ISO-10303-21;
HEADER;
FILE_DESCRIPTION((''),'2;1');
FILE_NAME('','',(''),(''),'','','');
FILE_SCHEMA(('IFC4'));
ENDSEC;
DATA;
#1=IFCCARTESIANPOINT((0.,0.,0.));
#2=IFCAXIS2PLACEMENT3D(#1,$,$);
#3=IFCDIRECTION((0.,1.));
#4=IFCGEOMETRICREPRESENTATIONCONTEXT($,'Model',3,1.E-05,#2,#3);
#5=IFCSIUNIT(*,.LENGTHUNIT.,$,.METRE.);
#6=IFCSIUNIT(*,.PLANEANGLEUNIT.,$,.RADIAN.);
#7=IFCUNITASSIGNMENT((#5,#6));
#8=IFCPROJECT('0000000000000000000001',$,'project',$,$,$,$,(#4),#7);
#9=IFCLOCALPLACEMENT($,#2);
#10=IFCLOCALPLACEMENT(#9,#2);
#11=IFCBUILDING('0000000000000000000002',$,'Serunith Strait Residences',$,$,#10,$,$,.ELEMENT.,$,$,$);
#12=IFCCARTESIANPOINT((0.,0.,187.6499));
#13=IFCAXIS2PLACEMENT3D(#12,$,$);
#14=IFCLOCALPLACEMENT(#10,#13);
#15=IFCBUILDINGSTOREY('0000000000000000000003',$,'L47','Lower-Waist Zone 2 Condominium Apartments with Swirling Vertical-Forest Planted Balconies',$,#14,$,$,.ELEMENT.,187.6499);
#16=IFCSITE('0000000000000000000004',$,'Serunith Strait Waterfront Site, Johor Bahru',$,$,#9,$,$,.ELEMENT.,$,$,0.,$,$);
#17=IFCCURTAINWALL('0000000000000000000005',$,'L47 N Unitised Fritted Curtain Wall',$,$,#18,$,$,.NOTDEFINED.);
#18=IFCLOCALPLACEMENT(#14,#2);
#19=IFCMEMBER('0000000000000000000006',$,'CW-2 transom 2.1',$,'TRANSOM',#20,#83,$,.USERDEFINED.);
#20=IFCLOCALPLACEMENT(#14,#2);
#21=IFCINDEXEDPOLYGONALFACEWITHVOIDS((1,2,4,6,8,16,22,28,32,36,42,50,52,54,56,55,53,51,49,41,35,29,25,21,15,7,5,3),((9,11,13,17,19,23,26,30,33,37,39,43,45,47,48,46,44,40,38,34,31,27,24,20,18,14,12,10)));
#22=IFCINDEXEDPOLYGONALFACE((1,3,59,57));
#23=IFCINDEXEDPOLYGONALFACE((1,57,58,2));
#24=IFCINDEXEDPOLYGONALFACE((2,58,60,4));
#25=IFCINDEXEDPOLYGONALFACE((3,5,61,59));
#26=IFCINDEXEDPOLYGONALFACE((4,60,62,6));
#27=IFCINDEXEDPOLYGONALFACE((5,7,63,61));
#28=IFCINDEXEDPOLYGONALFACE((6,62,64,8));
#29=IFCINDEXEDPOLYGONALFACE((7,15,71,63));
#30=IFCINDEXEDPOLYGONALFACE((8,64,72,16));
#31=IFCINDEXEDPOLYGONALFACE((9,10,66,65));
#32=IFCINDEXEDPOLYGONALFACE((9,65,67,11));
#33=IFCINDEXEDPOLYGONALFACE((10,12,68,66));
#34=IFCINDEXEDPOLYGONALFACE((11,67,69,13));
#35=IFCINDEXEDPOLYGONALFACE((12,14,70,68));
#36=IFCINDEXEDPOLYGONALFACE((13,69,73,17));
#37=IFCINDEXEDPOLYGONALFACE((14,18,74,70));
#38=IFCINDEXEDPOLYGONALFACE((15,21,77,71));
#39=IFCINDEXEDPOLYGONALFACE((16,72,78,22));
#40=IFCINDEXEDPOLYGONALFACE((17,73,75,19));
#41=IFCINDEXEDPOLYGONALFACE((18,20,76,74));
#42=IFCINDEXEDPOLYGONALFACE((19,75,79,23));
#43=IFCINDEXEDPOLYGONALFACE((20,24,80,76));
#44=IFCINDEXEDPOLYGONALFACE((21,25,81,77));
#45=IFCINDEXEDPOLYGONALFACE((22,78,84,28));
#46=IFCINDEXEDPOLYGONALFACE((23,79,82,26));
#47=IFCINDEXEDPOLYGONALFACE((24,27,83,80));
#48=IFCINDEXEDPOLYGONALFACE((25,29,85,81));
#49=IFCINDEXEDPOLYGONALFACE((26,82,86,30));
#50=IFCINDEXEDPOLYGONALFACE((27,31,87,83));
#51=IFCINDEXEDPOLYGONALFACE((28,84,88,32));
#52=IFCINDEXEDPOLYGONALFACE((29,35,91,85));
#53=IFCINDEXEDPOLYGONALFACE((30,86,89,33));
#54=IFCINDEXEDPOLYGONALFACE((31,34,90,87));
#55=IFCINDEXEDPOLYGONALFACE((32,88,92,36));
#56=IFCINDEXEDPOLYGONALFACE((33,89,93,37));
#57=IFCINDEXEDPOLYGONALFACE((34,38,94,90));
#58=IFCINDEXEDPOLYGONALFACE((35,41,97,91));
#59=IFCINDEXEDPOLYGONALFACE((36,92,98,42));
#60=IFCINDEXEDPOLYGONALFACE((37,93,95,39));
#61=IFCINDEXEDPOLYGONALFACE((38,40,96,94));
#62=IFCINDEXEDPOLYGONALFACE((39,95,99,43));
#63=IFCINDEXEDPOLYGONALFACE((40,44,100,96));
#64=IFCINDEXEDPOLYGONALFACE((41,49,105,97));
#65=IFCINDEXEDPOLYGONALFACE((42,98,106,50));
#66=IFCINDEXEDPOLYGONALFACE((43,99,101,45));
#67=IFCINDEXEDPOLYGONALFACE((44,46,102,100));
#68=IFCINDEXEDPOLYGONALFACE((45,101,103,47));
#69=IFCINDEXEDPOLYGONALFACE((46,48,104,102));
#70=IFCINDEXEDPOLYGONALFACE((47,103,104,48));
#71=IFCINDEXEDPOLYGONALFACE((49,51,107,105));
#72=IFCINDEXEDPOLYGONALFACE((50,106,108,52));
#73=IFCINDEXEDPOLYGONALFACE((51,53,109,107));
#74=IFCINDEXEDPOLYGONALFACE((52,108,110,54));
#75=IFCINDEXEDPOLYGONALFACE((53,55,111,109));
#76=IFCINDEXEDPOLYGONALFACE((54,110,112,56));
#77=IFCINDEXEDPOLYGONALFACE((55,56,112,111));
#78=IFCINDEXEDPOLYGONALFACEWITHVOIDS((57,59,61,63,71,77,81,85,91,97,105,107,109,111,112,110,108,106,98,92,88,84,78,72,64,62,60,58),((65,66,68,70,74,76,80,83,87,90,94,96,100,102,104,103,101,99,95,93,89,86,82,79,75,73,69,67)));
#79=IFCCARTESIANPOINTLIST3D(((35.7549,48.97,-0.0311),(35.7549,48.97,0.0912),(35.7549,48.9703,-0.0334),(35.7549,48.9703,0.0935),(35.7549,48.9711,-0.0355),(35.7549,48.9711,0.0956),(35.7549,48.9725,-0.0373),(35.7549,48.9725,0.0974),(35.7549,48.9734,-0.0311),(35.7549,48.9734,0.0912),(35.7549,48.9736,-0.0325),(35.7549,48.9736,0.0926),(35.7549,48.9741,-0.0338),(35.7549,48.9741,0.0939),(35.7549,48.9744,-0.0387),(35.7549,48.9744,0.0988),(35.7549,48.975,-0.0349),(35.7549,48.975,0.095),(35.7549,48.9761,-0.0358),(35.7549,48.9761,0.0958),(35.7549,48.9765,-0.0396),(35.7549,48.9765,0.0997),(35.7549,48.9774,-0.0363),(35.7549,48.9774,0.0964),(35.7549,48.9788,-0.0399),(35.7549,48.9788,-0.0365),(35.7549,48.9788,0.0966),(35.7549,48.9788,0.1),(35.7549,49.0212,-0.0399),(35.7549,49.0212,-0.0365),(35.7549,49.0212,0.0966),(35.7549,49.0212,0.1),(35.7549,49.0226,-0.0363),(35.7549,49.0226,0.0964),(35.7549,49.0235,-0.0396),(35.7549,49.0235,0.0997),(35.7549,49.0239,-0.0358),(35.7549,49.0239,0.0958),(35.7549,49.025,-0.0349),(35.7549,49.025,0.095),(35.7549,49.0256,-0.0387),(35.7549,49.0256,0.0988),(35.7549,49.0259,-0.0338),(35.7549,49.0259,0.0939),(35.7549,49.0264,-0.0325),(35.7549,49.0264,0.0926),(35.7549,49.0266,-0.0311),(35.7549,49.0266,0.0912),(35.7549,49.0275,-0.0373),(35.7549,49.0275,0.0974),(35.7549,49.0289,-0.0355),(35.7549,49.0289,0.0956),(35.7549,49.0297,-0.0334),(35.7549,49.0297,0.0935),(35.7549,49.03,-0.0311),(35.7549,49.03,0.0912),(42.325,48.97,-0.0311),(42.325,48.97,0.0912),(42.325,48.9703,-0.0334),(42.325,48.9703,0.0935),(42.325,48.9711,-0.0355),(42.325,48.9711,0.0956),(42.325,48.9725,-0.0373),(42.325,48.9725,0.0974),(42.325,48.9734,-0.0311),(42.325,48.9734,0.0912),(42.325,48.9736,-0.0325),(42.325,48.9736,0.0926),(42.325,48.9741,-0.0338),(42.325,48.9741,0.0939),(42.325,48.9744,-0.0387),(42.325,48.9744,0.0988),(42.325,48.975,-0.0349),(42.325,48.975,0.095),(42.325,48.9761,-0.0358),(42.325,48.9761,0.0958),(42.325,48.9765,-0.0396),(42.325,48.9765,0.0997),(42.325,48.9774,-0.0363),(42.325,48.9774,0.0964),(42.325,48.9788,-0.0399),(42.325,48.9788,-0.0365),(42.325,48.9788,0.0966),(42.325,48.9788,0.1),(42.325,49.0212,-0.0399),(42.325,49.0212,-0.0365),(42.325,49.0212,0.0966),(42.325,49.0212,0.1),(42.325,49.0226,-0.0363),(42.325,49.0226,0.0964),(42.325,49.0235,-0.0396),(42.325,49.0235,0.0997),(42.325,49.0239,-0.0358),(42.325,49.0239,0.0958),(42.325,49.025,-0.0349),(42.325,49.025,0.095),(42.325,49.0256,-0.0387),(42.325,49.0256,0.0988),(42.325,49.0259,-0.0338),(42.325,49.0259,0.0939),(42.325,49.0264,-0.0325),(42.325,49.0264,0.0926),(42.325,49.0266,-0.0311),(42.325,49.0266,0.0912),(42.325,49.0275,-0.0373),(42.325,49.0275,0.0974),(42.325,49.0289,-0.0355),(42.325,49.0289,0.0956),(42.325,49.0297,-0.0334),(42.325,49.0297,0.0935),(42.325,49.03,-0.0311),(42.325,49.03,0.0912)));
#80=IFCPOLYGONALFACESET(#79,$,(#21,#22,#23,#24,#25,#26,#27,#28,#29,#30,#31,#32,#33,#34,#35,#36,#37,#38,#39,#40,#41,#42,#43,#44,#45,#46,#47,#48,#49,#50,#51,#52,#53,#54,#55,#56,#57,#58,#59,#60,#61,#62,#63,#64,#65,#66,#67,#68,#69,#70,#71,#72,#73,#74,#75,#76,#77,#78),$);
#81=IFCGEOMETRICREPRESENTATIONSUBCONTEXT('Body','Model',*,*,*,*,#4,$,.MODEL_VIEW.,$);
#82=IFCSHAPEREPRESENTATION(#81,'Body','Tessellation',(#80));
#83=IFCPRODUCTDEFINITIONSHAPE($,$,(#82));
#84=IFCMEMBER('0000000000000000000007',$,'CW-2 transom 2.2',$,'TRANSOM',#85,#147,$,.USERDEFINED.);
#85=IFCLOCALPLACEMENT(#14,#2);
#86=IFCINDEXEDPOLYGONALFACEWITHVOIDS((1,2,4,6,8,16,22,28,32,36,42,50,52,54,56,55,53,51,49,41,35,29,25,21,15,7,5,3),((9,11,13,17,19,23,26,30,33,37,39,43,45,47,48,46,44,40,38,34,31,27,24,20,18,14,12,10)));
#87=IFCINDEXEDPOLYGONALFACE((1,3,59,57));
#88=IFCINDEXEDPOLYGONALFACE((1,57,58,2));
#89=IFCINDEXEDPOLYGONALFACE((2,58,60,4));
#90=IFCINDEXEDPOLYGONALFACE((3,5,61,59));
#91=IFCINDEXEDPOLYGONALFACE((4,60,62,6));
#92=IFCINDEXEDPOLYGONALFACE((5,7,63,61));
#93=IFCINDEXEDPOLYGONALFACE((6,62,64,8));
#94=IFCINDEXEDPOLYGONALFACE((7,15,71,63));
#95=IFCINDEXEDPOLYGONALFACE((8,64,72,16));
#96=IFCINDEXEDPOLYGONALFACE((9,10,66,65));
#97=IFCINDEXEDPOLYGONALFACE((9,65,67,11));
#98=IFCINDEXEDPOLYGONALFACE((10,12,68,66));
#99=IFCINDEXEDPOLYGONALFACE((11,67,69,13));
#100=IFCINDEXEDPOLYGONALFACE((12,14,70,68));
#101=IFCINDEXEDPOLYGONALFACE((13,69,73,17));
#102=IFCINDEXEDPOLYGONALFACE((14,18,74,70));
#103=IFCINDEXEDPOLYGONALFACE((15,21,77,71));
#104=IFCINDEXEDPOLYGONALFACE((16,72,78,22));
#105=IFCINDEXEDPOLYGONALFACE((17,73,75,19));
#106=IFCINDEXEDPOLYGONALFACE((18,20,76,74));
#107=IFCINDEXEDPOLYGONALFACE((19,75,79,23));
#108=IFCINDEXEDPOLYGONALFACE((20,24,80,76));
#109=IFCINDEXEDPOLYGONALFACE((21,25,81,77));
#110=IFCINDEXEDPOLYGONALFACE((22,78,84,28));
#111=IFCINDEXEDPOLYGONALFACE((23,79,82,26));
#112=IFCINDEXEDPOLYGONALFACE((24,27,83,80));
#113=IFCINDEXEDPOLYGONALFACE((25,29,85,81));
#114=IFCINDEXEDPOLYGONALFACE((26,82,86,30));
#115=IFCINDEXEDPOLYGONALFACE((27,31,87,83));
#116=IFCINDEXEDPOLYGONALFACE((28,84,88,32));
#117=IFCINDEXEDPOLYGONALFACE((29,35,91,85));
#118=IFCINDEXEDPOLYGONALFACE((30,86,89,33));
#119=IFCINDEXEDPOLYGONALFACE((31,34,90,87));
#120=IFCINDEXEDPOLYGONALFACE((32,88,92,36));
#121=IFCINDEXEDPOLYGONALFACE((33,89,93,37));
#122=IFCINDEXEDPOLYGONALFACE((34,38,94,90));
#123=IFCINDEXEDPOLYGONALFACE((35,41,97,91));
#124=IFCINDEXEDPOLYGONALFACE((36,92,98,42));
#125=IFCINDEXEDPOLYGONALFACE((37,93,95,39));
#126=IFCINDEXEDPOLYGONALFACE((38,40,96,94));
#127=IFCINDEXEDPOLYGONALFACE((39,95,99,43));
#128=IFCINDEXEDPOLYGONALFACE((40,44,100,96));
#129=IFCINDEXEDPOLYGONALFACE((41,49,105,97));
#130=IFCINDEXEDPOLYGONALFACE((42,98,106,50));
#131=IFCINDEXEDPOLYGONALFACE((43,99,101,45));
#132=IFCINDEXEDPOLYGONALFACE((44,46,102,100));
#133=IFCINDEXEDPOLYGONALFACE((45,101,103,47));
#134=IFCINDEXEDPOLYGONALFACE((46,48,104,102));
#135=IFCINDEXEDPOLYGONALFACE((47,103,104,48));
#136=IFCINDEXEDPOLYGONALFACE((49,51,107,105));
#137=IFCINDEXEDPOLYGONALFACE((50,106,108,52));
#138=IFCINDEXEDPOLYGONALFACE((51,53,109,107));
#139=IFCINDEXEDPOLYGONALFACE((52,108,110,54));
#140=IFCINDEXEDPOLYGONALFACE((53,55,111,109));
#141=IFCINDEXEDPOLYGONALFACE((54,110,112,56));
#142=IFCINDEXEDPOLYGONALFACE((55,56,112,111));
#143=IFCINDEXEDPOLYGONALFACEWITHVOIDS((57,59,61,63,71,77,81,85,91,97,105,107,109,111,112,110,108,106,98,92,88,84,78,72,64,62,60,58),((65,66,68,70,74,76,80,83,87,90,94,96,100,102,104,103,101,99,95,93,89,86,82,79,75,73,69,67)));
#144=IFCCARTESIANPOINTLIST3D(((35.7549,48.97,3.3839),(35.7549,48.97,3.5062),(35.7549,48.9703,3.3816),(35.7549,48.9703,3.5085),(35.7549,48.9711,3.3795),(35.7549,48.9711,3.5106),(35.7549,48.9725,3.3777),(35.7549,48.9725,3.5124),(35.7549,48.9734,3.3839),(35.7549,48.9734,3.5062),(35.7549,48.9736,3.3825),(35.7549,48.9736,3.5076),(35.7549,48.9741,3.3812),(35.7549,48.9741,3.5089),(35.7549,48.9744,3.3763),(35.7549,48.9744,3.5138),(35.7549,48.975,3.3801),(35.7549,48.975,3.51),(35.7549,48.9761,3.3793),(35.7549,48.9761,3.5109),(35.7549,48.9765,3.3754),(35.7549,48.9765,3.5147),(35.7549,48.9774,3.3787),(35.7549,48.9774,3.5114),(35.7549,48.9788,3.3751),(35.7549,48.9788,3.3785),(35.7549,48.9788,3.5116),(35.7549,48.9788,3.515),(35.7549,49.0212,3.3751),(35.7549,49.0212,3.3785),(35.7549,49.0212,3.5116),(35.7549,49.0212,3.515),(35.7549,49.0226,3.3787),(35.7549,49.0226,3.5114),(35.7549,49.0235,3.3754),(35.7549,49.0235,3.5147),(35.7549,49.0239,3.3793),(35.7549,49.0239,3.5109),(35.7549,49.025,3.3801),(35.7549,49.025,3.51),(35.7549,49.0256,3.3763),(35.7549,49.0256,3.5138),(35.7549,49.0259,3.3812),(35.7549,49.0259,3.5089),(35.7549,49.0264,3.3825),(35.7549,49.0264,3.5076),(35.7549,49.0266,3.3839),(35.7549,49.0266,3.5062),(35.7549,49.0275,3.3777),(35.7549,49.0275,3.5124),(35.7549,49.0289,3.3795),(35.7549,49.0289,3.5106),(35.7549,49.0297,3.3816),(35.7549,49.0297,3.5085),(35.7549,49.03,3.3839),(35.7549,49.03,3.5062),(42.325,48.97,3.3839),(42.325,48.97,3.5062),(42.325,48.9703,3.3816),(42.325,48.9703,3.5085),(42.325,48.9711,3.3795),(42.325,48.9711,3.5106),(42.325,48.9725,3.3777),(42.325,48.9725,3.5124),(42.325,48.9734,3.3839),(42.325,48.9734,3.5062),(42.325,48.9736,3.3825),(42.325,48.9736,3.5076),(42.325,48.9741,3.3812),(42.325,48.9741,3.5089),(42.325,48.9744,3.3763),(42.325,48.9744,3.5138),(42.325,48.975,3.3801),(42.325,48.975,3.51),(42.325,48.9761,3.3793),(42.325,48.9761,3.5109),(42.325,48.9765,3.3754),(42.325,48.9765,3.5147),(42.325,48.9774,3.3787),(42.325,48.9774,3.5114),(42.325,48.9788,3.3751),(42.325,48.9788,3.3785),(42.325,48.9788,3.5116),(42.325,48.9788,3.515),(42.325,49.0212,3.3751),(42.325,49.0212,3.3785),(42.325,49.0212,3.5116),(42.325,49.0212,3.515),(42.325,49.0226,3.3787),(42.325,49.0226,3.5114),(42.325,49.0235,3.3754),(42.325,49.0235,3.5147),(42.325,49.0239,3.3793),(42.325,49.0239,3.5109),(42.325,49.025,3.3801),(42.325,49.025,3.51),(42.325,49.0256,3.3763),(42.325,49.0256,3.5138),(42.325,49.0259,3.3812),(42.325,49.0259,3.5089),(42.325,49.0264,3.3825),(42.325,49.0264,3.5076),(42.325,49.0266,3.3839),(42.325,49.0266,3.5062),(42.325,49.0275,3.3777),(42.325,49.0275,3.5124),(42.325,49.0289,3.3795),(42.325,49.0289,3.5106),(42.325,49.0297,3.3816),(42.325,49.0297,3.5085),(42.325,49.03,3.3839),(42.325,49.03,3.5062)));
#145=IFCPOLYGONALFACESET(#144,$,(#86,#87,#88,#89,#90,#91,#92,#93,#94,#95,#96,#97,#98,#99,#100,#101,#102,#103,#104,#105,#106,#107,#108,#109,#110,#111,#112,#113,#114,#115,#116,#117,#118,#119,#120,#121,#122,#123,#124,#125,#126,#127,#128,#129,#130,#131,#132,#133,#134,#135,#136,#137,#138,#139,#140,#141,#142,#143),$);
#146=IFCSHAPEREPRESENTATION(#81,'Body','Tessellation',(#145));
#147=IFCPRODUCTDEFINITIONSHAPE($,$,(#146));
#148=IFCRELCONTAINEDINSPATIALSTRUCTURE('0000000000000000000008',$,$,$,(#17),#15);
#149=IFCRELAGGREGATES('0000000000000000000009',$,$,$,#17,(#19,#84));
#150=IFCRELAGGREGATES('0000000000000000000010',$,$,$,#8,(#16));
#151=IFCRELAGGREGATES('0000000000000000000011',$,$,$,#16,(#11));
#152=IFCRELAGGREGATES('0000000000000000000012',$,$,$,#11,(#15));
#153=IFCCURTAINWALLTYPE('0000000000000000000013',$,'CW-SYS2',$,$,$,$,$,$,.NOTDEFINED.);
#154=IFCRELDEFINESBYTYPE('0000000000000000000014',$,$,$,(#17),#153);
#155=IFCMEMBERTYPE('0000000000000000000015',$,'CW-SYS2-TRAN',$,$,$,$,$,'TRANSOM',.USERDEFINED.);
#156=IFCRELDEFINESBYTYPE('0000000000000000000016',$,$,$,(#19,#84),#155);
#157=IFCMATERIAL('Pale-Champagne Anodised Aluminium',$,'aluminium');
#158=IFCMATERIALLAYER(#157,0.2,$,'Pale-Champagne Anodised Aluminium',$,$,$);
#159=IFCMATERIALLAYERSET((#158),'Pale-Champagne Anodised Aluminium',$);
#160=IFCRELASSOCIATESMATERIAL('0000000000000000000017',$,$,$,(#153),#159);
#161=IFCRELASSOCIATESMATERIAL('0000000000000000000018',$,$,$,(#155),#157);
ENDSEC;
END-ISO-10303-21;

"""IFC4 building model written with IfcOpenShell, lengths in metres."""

from ifc_helpers import new_model, si_unit, direction, frame, origin, origin_2d, place, context, subcontext, project, spatial, hollow_rectangle, extrude, source, transform, mapped, material, layer, layer_set, material_profile, profile_set, type_object, element, aggregate, save


model = new_model("IFC4")

# Units and contexts
model_context = context("Model", 3, precision=1e-05, world=origin(), true_north=direction((0.0, 1.0)))
body_context = subcontext(model_context, "Body", "Model", "MODEL_VIEW")
ifc_project = project(units=[si_unit("LENGTHUNIT", "METRE"), si_unit("PLANEANGLEUNIT", "RADIAN")], contexts=[model_context])

# Site, building, storey
site_placement = place(None, origin())
site = spatial("IfcSite", under=ifc_project, at=site_placement, Name="Serunith Strait Waterfront Site, Johor Bahru", CompositionType="ELEMENT", RefElevation=0.0)
building_placement = place(site_placement, origin())
building = spatial("IfcBuilding", under=site, at=building_placement, Name="Serunith Strait Residences", CompositionType="ELEMENT")
storey_placement = place(building_placement, frame((0.0, 0.0, 187.6499)))
storey = spatial("IfcBuildingStorey", under=building, at=storey_placement, Name="L47", Description="Lower-Waist Zone 2 Condominium Apartments with Swirling Vertical-Forest Planted Balconies", CompositionType="ELEMENT", Elevation=187.6499)

# Curtain wall, members
ifc_material_1 = material(Name="Pale-Champagne Anodised Aluminium", Category="aluminium")
ifc_layer_1 = layer(ifc_material_1, 0.2, Name="Pale-Champagne Anodised Aluminium")
ifc_layer_set_1 = layer_set([ifc_layer_1], Name="Pale-Champagne Anodised Aluminium")
curtain_wall_type = type_object("IfcCurtainWallType", Name="CW-SYS2", PredefinedType="NOTDEFINED", material=ifc_layer_set_1)
curtain_wall_placement = place(storey_placement, origin())
curtain_wall = element("IfcCurtainWall", 1, at=curtain_wall_placement, inside=storey, type_object=curtain_wall_type, Name="L47 N Unitised Fritted Curtain Wall", PredefinedType="NOTDEFINED")
ifc_material_profile_1 = material_profile(ifc_material_1, hollow_rectangle(XDim=0.0601, YDim=0.1399, WallThickness=0.0034, InnerFilletRadius=0.0054, OuterFilletRadius=0.0088, at=origin_2d()), Name="ALU 140x60x3.5")
ifc_profile_set_1 = profile_set([ifc_material_profile_1], Name="Pale-Champagne Anodised Aluminium")
member_type_1 = type_object("IfcMemberType", Name="CW-SYS2-TRAN", ElementType="TRANSOM", PredefinedType="USERDEFINED", material=ifc_profile_set_1)
shared_shape_1 = source(origin(), body_context, "Body", "SweptSolid", [
    extrude(hollow_rectangle(XDim=0.0601, YDim=0.1399, WallThickness=0.0034, InnerFilletRadius=0.0054, OuterFilletRadius=0.0088, at=origin_2d()), origin(), (0.0, 0.0, 1.0), 6.5701),
])
member_1_placement = place(storey_placement, frame((42.325, 49.0, 0.03), z_axis=(-1.0, 0.0, 0.0), x_axis=(0.0, -1.0, 0.0)))
member_1 = element("IfcMember", 2, at=member_1_placement, type_object=member_type_1, Name="CW-2 transom 2.1", ObjectType="TRANSOM", PredefinedType="USERDEFINED", context=body_context, shape_type="MappedRepresentation", body=[
    mapped(shared_shape_1, transform((0.0, 0.0, 0.0), scale=1.0)),
])
member_2_placement = place(storey_placement, frame((42.325, 49.0, 3.4451), z_axis=(-1.0, 0.0, 0.0), x_axis=(0.0, -1.0, 0.0)))
member_2 = element("IfcMember", 3, at=member_2_placement, type_object=member_type_1, Name="CW-2 transom 2.2", ObjectType="TRANSOM", PredefinedType="USERDEFINED", context=body_context, shape_type="MappedRepresentation", body=[
    mapped(shared_shape_1, transform((0.0, 0.0, 0.0), scale=1.0)),
])
aggregate(curtain_wall, [member_1, member_2])

save(model, "model.ifc")
